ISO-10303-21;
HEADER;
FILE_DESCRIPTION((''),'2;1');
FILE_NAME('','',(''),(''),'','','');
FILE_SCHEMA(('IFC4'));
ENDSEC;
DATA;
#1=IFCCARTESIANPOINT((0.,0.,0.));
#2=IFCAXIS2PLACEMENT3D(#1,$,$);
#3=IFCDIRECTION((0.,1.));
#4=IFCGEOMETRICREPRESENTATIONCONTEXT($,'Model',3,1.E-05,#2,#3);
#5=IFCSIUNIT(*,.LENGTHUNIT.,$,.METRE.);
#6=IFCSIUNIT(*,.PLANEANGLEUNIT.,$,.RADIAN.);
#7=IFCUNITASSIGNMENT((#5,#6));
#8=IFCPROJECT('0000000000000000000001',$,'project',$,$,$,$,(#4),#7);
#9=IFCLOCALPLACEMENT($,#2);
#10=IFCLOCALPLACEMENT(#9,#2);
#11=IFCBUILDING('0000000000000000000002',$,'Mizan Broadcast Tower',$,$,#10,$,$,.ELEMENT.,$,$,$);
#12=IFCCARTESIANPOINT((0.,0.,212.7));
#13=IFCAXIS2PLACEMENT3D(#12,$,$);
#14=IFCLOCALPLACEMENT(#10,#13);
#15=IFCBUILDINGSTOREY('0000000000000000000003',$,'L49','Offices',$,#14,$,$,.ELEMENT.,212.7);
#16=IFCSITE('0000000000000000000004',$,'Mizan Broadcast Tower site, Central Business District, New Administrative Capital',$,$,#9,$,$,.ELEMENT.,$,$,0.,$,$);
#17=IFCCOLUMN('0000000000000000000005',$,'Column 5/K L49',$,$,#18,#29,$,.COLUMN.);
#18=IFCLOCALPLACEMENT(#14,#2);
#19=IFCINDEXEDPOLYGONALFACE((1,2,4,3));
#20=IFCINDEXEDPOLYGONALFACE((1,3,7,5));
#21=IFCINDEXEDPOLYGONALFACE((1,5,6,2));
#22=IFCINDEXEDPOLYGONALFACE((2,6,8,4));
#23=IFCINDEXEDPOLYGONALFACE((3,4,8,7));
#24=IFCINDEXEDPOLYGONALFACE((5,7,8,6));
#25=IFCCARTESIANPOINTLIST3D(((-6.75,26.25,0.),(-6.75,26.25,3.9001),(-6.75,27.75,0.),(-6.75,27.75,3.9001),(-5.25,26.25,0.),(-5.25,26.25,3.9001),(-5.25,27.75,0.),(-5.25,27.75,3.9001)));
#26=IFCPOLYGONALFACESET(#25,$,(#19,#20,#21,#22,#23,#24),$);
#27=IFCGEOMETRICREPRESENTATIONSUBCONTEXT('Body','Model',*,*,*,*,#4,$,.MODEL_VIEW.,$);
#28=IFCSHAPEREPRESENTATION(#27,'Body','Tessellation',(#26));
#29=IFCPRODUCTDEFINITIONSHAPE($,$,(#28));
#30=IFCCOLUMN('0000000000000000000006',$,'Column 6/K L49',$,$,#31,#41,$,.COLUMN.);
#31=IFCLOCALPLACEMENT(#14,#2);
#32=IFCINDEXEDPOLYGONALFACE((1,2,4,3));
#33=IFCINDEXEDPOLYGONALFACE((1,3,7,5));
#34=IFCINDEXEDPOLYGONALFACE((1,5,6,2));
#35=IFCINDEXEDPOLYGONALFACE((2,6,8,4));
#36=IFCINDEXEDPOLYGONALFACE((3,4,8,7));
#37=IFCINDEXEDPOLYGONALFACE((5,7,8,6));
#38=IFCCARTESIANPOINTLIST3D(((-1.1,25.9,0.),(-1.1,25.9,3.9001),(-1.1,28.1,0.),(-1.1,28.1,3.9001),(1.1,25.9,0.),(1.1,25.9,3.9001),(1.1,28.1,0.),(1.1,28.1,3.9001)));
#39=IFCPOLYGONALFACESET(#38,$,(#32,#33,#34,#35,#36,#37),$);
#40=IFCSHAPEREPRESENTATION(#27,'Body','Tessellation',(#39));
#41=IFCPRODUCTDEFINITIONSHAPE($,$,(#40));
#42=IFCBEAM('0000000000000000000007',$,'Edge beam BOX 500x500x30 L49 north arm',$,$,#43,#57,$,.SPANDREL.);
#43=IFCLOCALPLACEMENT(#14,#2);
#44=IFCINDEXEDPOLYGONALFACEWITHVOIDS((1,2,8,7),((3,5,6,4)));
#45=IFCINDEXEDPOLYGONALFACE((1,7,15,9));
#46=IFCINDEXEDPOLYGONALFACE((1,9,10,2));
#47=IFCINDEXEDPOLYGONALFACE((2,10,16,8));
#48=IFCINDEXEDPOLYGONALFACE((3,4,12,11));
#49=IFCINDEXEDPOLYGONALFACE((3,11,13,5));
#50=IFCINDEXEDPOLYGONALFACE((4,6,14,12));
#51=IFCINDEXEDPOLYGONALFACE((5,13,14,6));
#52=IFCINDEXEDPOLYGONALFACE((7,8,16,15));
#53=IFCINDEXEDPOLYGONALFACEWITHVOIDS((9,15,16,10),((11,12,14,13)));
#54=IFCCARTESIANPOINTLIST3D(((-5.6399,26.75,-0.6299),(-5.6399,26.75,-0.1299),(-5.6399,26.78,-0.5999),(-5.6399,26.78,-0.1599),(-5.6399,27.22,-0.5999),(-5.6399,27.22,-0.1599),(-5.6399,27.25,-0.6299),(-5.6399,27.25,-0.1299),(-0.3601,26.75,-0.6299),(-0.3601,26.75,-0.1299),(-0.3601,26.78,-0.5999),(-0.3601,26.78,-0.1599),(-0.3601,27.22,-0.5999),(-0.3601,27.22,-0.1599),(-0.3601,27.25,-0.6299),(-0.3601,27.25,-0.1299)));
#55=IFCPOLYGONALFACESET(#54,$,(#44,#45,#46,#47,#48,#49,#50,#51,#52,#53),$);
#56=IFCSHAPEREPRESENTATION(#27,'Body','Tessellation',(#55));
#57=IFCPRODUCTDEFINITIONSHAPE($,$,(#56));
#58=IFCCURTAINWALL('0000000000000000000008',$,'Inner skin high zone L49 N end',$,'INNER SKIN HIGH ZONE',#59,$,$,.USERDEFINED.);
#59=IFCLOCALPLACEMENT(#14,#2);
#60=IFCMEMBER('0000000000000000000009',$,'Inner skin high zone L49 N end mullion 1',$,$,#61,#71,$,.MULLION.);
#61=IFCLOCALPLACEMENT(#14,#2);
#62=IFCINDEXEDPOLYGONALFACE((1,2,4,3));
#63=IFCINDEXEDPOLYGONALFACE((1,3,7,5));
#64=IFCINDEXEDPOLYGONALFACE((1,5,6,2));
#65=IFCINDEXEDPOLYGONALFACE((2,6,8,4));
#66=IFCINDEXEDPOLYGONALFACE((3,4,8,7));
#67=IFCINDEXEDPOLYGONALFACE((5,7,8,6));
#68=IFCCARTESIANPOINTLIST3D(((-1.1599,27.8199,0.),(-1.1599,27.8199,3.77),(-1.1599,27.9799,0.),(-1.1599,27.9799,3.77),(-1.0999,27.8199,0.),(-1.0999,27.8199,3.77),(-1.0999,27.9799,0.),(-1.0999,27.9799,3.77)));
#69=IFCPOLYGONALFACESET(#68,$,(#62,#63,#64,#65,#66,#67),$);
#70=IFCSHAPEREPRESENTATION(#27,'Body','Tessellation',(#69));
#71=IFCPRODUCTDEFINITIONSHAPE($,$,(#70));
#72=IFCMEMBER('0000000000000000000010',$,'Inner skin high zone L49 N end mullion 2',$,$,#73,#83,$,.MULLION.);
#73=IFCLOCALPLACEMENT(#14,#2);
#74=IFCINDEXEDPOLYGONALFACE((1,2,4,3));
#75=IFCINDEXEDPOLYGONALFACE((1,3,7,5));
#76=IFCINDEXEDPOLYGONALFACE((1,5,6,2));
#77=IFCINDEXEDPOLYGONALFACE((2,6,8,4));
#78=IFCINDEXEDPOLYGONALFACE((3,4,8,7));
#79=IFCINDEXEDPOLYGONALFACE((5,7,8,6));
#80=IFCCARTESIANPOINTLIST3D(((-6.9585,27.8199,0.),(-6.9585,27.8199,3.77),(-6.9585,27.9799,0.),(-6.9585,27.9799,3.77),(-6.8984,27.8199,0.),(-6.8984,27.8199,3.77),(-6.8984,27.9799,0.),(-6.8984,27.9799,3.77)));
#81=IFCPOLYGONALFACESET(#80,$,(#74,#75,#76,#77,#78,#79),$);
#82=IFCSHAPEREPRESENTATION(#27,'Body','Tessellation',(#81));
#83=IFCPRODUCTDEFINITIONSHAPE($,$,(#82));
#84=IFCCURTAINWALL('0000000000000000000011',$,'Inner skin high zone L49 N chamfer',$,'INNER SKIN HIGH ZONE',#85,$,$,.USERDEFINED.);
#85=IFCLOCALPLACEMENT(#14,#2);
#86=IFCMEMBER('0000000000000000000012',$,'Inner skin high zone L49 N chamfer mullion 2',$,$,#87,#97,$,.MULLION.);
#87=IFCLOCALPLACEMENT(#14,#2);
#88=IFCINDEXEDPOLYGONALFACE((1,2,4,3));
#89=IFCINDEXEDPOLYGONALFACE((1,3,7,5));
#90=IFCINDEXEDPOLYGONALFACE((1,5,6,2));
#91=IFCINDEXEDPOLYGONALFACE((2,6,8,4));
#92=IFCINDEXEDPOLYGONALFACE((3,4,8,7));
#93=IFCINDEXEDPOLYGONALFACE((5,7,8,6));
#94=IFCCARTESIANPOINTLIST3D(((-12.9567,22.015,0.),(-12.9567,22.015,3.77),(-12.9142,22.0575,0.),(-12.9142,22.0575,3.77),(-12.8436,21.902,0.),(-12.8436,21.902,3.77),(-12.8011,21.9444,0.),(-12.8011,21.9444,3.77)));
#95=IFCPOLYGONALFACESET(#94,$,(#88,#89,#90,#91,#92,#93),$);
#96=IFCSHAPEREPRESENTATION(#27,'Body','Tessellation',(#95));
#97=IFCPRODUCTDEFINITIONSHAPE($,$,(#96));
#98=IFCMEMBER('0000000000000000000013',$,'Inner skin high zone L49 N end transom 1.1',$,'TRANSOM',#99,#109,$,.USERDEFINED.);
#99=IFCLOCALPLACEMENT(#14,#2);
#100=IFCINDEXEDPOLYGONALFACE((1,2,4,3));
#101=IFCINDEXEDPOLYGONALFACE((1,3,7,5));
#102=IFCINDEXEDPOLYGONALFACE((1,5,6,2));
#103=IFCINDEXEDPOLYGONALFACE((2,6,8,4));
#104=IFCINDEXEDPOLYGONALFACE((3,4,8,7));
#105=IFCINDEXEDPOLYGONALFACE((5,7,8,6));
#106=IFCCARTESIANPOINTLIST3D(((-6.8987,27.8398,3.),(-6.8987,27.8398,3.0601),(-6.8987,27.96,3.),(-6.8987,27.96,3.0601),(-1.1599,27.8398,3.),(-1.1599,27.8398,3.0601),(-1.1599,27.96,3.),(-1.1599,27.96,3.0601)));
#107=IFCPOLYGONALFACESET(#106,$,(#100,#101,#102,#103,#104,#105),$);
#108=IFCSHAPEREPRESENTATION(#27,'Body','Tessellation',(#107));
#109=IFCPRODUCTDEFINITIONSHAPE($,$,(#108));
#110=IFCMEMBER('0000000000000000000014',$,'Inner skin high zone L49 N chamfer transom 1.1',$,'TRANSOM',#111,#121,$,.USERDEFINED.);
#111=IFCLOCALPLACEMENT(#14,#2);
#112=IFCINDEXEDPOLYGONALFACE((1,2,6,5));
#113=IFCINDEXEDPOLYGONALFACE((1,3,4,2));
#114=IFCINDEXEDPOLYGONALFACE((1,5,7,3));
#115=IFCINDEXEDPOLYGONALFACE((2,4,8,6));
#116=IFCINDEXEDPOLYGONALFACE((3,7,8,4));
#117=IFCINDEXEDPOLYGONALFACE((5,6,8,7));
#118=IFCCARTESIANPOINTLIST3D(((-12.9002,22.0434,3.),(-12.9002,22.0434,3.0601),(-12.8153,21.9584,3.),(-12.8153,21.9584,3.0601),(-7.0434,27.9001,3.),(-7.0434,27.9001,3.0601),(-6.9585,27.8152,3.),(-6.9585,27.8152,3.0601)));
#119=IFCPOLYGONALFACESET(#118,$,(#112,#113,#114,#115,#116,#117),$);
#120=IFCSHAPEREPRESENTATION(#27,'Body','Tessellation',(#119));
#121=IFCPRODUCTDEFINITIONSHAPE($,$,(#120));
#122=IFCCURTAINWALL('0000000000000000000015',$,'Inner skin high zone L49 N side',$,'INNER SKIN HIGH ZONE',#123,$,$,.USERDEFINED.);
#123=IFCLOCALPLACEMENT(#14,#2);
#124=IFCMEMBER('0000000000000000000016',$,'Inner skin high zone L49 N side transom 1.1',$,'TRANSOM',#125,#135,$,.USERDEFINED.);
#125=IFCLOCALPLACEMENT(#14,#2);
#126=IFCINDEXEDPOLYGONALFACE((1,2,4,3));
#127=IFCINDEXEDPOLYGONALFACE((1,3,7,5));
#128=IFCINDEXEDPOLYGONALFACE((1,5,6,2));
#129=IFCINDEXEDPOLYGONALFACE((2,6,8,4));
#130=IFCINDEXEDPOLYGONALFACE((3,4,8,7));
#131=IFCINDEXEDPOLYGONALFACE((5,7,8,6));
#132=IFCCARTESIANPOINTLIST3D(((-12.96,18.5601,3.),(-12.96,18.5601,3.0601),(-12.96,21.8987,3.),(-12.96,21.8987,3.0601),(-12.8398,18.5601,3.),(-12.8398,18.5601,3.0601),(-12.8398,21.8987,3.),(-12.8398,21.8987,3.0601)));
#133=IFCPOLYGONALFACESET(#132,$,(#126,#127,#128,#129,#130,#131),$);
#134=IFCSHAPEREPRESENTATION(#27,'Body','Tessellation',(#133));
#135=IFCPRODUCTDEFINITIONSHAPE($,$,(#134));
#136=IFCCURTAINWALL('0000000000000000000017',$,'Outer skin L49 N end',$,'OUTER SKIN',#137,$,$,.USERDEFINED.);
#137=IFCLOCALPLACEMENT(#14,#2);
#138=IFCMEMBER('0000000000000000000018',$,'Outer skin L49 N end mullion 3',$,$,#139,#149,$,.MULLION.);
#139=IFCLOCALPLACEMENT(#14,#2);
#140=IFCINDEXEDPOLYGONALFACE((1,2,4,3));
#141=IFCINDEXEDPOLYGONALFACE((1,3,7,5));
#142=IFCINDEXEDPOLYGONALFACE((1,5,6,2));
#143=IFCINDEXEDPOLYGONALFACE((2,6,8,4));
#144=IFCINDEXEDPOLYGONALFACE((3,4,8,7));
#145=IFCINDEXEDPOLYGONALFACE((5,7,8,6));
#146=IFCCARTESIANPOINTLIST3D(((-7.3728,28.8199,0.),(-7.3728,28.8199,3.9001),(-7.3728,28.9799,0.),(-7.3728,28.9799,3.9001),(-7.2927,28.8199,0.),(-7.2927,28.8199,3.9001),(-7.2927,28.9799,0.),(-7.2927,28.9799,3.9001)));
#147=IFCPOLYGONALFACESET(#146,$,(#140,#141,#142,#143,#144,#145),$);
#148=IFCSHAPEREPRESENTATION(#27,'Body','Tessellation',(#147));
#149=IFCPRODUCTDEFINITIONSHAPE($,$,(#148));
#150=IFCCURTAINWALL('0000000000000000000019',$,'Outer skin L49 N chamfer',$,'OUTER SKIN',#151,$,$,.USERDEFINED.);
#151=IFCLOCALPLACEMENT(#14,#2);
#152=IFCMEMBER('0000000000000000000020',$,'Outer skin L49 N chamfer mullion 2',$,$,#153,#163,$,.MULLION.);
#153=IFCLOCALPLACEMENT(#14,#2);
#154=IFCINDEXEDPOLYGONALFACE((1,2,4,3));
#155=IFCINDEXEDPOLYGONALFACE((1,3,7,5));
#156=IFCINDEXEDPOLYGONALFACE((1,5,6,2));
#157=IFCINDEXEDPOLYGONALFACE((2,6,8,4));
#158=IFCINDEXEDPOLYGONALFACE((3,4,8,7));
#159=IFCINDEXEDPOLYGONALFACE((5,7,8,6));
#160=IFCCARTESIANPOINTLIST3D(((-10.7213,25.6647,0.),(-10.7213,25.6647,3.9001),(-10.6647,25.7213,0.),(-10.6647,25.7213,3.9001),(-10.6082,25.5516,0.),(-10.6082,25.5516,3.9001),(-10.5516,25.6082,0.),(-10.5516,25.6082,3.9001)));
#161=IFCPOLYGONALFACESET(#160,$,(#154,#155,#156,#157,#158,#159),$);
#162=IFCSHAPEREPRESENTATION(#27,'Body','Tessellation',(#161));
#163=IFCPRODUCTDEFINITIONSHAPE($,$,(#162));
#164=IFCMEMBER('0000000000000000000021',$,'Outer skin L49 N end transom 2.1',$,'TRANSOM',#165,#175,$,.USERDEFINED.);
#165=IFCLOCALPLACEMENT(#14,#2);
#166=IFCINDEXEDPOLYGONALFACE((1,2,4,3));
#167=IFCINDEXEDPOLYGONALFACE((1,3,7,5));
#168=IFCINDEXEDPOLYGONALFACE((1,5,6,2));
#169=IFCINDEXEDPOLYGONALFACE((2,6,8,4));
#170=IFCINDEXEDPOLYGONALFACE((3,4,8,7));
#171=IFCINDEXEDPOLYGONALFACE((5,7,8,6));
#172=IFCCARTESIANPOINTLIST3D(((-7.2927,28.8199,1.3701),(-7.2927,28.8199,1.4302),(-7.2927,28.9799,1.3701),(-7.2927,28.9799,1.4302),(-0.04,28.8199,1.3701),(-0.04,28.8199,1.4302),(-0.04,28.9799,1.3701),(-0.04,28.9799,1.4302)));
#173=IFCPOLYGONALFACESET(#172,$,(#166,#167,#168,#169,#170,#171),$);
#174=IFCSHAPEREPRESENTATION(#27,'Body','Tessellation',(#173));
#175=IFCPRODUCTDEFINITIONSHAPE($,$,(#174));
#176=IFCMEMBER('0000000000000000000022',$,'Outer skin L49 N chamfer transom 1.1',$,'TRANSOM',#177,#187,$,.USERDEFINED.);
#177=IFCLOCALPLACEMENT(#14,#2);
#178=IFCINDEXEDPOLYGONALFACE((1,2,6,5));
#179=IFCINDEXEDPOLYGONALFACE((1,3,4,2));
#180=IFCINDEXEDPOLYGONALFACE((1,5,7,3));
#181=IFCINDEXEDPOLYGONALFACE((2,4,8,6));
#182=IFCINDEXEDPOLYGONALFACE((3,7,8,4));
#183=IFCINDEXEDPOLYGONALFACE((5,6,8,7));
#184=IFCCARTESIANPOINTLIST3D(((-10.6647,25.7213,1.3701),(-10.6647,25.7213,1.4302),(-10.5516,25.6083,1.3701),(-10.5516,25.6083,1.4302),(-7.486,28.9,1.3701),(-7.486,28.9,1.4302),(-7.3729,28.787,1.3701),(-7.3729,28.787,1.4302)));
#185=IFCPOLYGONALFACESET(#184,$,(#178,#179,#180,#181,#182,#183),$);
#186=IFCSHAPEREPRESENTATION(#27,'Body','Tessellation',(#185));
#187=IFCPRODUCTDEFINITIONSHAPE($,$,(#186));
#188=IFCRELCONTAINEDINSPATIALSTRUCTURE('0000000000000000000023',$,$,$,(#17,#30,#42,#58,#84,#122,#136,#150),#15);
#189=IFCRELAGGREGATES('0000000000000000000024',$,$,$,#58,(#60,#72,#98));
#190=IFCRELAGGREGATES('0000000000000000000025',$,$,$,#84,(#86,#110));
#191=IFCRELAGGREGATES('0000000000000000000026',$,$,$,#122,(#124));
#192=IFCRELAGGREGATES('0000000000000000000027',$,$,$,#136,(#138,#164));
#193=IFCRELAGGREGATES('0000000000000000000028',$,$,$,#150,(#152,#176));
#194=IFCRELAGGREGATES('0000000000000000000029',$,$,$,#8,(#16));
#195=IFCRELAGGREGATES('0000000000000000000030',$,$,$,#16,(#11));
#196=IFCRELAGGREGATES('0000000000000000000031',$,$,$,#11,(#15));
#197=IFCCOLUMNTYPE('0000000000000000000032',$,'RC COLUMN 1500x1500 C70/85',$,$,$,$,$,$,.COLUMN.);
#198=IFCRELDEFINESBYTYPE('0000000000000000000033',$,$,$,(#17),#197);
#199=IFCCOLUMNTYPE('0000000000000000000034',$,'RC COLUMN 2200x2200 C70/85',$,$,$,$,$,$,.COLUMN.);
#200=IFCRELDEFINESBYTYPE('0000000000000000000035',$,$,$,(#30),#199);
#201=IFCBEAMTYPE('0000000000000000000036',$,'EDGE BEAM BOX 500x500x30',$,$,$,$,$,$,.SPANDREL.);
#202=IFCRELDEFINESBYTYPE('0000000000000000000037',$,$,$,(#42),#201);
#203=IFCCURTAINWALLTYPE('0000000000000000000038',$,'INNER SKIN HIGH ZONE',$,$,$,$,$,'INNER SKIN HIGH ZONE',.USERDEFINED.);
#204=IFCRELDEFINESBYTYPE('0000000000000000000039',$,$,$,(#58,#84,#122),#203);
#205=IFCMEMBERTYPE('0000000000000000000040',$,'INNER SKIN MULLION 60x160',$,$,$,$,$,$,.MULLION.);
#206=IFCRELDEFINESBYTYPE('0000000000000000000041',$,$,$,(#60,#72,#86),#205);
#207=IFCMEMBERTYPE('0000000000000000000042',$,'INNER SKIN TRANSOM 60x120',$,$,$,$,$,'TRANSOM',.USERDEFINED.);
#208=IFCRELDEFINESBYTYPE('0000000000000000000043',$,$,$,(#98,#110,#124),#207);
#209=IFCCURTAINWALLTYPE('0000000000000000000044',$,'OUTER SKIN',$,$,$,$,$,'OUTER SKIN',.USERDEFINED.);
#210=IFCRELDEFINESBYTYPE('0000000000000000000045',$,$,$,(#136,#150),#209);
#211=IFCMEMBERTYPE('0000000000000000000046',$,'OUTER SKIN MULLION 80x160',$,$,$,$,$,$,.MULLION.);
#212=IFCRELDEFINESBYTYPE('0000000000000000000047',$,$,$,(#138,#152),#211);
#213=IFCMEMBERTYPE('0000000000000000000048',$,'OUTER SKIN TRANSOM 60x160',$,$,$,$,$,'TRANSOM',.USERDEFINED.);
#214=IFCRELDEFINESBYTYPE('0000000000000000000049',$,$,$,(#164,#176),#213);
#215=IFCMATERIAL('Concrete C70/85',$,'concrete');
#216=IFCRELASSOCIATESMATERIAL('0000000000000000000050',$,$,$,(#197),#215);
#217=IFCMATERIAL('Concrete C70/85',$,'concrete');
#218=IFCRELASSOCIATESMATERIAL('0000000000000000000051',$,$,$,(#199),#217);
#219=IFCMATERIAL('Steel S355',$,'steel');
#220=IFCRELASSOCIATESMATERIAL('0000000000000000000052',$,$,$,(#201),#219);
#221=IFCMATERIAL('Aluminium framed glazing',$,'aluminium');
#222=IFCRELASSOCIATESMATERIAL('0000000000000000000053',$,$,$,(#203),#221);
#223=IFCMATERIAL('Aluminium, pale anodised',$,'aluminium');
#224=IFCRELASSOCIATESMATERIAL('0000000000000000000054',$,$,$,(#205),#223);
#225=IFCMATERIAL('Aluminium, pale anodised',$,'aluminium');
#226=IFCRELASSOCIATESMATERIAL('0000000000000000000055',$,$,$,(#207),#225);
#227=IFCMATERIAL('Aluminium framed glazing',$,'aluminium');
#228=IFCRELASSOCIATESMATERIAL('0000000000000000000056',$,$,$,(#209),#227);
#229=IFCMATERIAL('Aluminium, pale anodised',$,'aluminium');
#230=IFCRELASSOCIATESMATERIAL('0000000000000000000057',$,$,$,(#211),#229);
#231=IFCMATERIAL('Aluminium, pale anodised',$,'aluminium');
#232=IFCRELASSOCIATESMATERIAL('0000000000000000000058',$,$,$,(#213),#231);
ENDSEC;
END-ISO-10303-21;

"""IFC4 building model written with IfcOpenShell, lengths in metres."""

from ifc_helpers import new_model, si_unit, direction, frame, origin, origin_2d, place, context, subcontext, project, spatial, rectangle, hollow_rectangle, extrude, material, material_profile, profile_set, type_object, element, aggregate, save


model = new_model("IFC4")

# Units and contexts
model_context = context("Model", 3, precision=1e-05, world=origin(), true_north=direction((0.0, 1.0)))
body_context = subcontext(model_context, "Body", "Model", "MODEL_VIEW")
ifc_project = project(units=[si_unit("LENGTHUNIT", "METRE"), si_unit("PLANEANGLEUNIT", "RADIAN")], contexts=[model_context])

# Site, building, storey
site_placement = place(None, origin())
site = spatial("IfcSite", under=ifc_project, at=site_placement, Name="Mizan Broadcast Tower site, Central Business District, New Administrative Capital", CompositionType="ELEMENT", RefElevation=0.0)
building_placement = place(site_placement, origin())
building = spatial("IfcBuilding", under=site, at=building_placement, Name="Mizan Broadcast Tower", CompositionType="ELEMENT")
storey_placement = place(building_placement, frame((0.0, 0.0, 212.7)))
storey = spatial("IfcBuildingStorey", under=building, at=storey_placement, Name="L49", Description="Offices", CompositionType="ELEMENT", Elevation=212.7)

# Columns
ifc_material_1 = material(Name="Concrete C70/85", Category="concrete")
ifc_material_profile_1 = material_profile(ifc_material_1, rectangle(XDim=1.5, YDim=1.5, at=origin_2d()), Name="RC 1500x1500")
ifc_profile_set_1 = profile_set([ifc_material_profile_1], Name="Concrete C70/85")
column_type_1 = type_object("IfcColumnType", Name="RC COLUMN 1500x1500 C70/85", PredefinedType="COLUMN", material=ifc_profile_set_1)
column_1_placement = place(storey_placement, frame((-6.0, 27.0, 0.0), z_axis=(0.0, 0.0, 1.0), x_axis=(1.0, 0.0, 0.0)))
element("IfcColumn", 1, at=column_1_placement, inside=storey, type_object=column_type_1, Name="Column 5/K L49", PredefinedType="COLUMN", context=body_context, shape_type="SweptSolid", body=[
    extrude(rectangle(XDim=1.5, YDim=1.5, at=origin_2d()), origin(), (0.0, 0.0, 1.0), 3.9001),
])
ifc_material_2 = material(Name="Concrete C70/85", Category="concrete")
ifc_material_profile_2 = material_profile(ifc_material_2, rectangle(XDim=2.2, YDim=2.2, at=origin_2d()), Name="RC 2200x2200")
ifc_profile_set_2 = profile_set([ifc_material_profile_2], Name="Concrete C70/85")
column_type_2 = type_object("IfcColumnType", Name="RC COLUMN 2200x2200 C70/85", PredefinedType="COLUMN", material=ifc_profile_set_2)
column_2_placement = place(storey_placement, frame((0.0, 27.0, 0.0), z_axis=(0.0, 0.0, 1.0), x_axis=(1.0, 0.0, 0.0)))
element("IfcColumn", 2, at=column_2_placement, inside=storey, type_object=column_type_2, Name="Column 6/K L49", PredefinedType="COLUMN", context=body_context, shape_type="SweptSolid", body=[
    extrude(rectangle(XDim=2.2, YDim=2.2, at=origin_2d()), origin(), (0.0, 0.0, 1.0), 3.9001),
])

# Beam
ifc_material_3 = material(Name="Steel S355", Category="steel")
ifc_material_profile_3 = material_profile(ifc_material_3, hollow_rectangle(XDim=0.5, YDim=0.5, WallThickness=0.03, at=origin_2d()), Name="BOX 500x500x30")
ifc_profile_set_3 = profile_set([ifc_material_profile_3], Name="Steel S355")
beam_type_1 = type_object("IfcBeamType", Name="EDGE BEAM BOX 500x500x30", PredefinedType="SPANDREL", material=ifc_profile_set_3)
beam_1_placement = place(storey_placement, frame((-5.6399, 27.0, -0.3799), z_axis=(1.0, 0.0, 0.0), x_axis=(0.0, 1.0, 0.0)))
element("IfcBeam", 3, at=beam_1_placement, inside=storey, type_object=beam_type_1, Name="Edge beam BOX 500x500x30 L49 north arm", PredefinedType="SPANDREL", context=body_context, shape_type="SweptSolid", body=[
    extrude(hollow_rectangle(XDim=0.5, YDim=0.5, WallThickness=0.03, at=origin_2d()), origin(), (0.0, 0.0, 1.0), 5.2798),
])

# Curtain wall, members
ifc_material_4 = material(Name="Aluminium framed glazing", Category="aluminium")
curtain_wall_type_1 = type_object("IfcCurtainWallType", Name="INNER SKIN HIGH ZONE", ElementType="INNER SKIN HIGH ZONE", PredefinedType="USERDEFINED", material=ifc_material_4)
curtain_wall_1_placement = place(storey_placement, origin())
curtain_wall_1 = element("IfcCurtainWall", 4, at=curtain_wall_1_placement, inside=storey, type_object=curtain_wall_type_1, Name="Inner skin high zone L49 N end", ObjectType="INNER SKIN HIGH ZONE", PredefinedType="USERDEFINED")
ifc_material_5 = material(Name="Aluminium, pale anodised", Category="aluminium")
ifc_material_profile_4 = material_profile(ifc_material_5, rectangle(XDim=0.1599, YDim=0.0601, at=origin_2d()), Name="MULLION 160x60")
ifc_profile_set_4 = profile_set([ifc_material_profile_4], Name="Aluminium, pale anodised")
member_type_1 = type_object("IfcMemberType", Name="INNER SKIN MULLION 60x160", PredefinedType="MULLION", material=ifc_profile_set_4)
member_1_placement = place(storey_placement, frame((-1.1299, 27.8999, 0.0), z_axis=(0.0, 0.0, 1.0), x_axis=(0.0, -1.0, 0.0)))
member_1 = element("IfcMember", 5, at=member_1_placement, type_object=member_type_1, Name="Inner skin high zone L49 N end mullion 1", PredefinedType="MULLION", context=body_context, shape_type="SweptSolid", body=[
    extrude(rectangle(XDim=0.1599, YDim=0.0601, at=origin_2d()), origin(), (0.0, 0.0, 1.0), 3.77),
])
member_2_placement = place(storey_placement, frame((-6.9285, 27.8999, 0.0), z_axis=(0.0, 0.0, 1.0), x_axis=(0.0, -1.0, 0.0)))
member_2 = element("IfcMember", 6, at=member_2_placement, type_object=member_type_1, Name="Inner skin high zone L49 N end mullion 2", PredefinedType="MULLION", context=body_context, shape_type="SweptSolid", body=[
    extrude(rectangle(XDim=0.1599, YDim=0.0601, at=origin_2d()), origin(), (0.0, 0.0, 1.0), 3.77),
])

# Curtain wall, member
curtain_wall_2_placement = place(storey_placement, origin())
curtain_wall_2 = element("IfcCurtainWall", 7, at=curtain_wall_2_placement, inside=storey, type_object=curtain_wall_type_1, Name="Inner skin high zone L49 N chamfer", ObjectType="INNER SKIN HIGH ZONE", PredefinedType="USERDEFINED")
member_3_placement = place(storey_placement, frame((-12.8789, 21.9797, 0.0), z_axis=(0.0, 0.0, 1.0), x_axis=(0.707107, -0.707107, 0.0)))
member_3 = element("IfcMember", 8, at=member_3_placement, type_object=member_type_1, Name="Inner skin high zone L49 N chamfer mullion 2", PredefinedType="MULLION", context=body_context, shape_type="SweptSolid", body=[
    extrude(rectangle(XDim=0.1599, YDim=0.0601, at=origin_2d()), origin(), (0.0, 0.0, 1.0), 3.77),
])

# Members
ifc_material_6 = material(Name="Aluminium, pale anodised", Category="aluminium")
ifc_material_profile_5 = material_profile(ifc_material_6, rectangle(XDim=0.1201, YDim=0.0601, at=origin_2d()), Name="TRANSOM 120x60")
ifc_profile_set_5 = profile_set([ifc_material_profile_5], Name="Aluminium, pale anodised")
member_type_2 = type_object("IfcMemberType", Name="INNER SKIN TRANSOM 60x120", ElementType="TRANSOM", PredefinedType="USERDEFINED", material=ifc_profile_set_5)
member_4_placement = place(storey_placement, frame((-1.1599, 27.8999, 3.03), z_axis=(-1.0, 0.0, 0.0), x_axis=(0.0, -1.0, 0.0)))
member_4 = element("IfcMember", 9, at=member_4_placement, type_object=member_type_2, Name="Inner skin high zone L49 N end transom 1.1", ObjectType="TRANSOM", PredefinedType="USERDEFINED", context=body_context, shape_type="SweptSolid", body=[
    extrude(rectangle(XDim=0.1201, YDim=0.0601, at=origin_2d()), origin(), (0.0, 0.0, 1.0), 5.7388),
])
member_5_placement = place(storey_placement, frame((-7.001, 27.8577, 3.03), z_axis=(-0.707107, -0.707107, 0.0), x_axis=(0.707107, -0.707107, 0.0)))
member_5 = element("IfcMember", 10, at=member_5_placement, type_object=member_type_2, Name="Inner skin high zone L49 N chamfer transom 1.1", ObjectType="TRANSOM", PredefinedType="USERDEFINED", context=body_context, shape_type="SweptSolid", body=[
    extrude(rectangle(XDim=0.1201, YDim=0.0601, at=origin_2d()), origin(), (0.0, 0.0, 1.0), 8.2827),
])

# Curtain walls, members
curtain_wall_3_placement = place(storey_placement, origin())
curtain_wall_3 = element("IfcCurtainWall", 11, at=curtain_wall_3_placement, inside=storey, type_object=curtain_wall_type_1, Name="Inner skin high zone L49 N side", ObjectType="INNER SKIN HIGH ZONE", PredefinedType="USERDEFINED")
member_6_placement = place(storey_placement, frame((-12.8999, 21.8987, 3.03), z_axis=(0.0, -1.0, 0.0), x_axis=(1.0, 0.0, 0.0)))
member_6 = element("IfcMember", 12, at=member_6_placement, type_object=member_type_2, Name="Inner skin high zone L49 N side transom 1.1", ObjectType="TRANSOM", PredefinedType="USERDEFINED", context=body_context, shape_type="SweptSolid", body=[
    extrude(rectangle(XDim=0.1201, YDim=0.0601, at=origin_2d()), origin(), (0.0, 0.0, 1.0), 3.3386),
])
ifc_material_7 = material(Name="Aluminium framed glazing", Category="aluminium")
curtain_wall_type_2 = type_object("IfcCurtainWallType", Name="OUTER SKIN", ElementType="OUTER SKIN", PredefinedType="USERDEFINED", material=ifc_material_7)
curtain_wall_4_placement = place(storey_placement, origin())
curtain_wall_4 = element("IfcCurtainWall", 13, at=curtain_wall_4_placement, inside=storey, type_object=curtain_wall_type_2, Name="Outer skin L49 N end", ObjectType="OUTER SKIN", PredefinedType="USERDEFINED")
ifc_material_8 = material(Name="Aluminium, pale anodised", Category="aluminium")
ifc_material_profile_6 = material_profile(ifc_material_8, rectangle(XDim=0.1599, YDim=0.0801, at=origin_2d()), Name="MULLION 160x80")
ifc_profile_set_6 = profile_set([ifc_material_profile_6], Name="Aluminium, pale anodised")
member_type_3 = type_object("IfcMemberType", Name="OUTER SKIN MULLION 80x160", PredefinedType="MULLION", material=ifc_profile_set_6)
member_7_placement = place(storey_placement, frame((-7.3328, 28.8999, 0.0), z_axis=(0.0, 0.0, 1.0), x_axis=(0.0, -1.0, 0.0)))
member_7 = element("IfcMember", 14, at=member_7_placement, type_object=member_type_3, Name="Outer skin L49 N end mullion 3", PredefinedType="MULLION", context=body_context, shape_type="SweptSolid", body=[
    extrude(rectangle(XDim=0.1599, YDim=0.0801, at=origin_2d()), origin(), (0.0, 0.0, 1.0), 3.9001),
])
curtain_wall_5_placement = place(storey_placement, origin())
curtain_wall_5 = element("IfcCurtainWall", 15, at=curtain_wall_5_placement, inside=storey, type_object=curtain_wall_type_2, Name="Outer skin L49 N chamfer", ObjectType="OUTER SKIN", PredefinedType="USERDEFINED")
member_8_placement = place(storey_placement, frame((-10.6365, 25.6365, 0.0), z_axis=(0.0, 0.0, 1.0), x_axis=(0.707107, -0.707107, 0.0)))
member_8 = element("IfcMember", 16, at=member_8_placement, type_object=member_type_3, Name="Outer skin L49 N chamfer mullion 2", PredefinedType="MULLION", context=body_context, shape_type="SweptSolid", body=[
    extrude(rectangle(XDim=0.1599, YDim=0.0801, at=origin_2d()), origin(), (0.0, 0.0, 1.0), 3.9001),
])

# Members
ifc_material_9 = material(Name="Aluminium, pale anodised", Category="aluminium")
ifc_material_profile_7 = material_profile(ifc_material_9, rectangle(XDim=0.1599, YDim=0.0601, at=origin_2d()), Name="TRANSOM 160x60")
ifc_profile_set_7 = profile_set([ifc_material_profile_7], Name="Aluminium, pale anodised")
member_type_4 = type_object("IfcMemberType", Name="OUTER SKIN TRANSOM 60x160", ElementType="TRANSOM", PredefinedType="USERDEFINED", material=ifc_profile_set_7)
member_9_placement = place(storey_placement, frame((-0.04, 28.8999, 1.4001), z_axis=(-1.0, 0.0, 0.0), x_axis=(0.0, -1.0, 0.0)))
member_9 = element("IfcMember", 17, at=member_9_placement, type_object=member_type_4, Name="Outer skin L49 N end transom 2.1", ObjectType="TRANSOM", PredefinedType="USERDEFINED", context=body_context, shape_type="SweptSolid", body=[
    extrude(rectangle(XDim=0.1599, YDim=0.0601, at=origin_2d()), origin(), (0.0, 0.0, 1.0), 7.2527),
])
member_10_placement = place(storey_placement, frame((-7.4294, 28.8435, 1.4001), z_axis=(-0.707107, -0.707107, 0.0), x_axis=(0.707107, -0.707107, 0.0)))
member_10 = element("IfcMember", 18, at=member_10_placement, type_object=member_type_4, Name="Outer skin L49 N chamfer transom 1.1", ObjectType="TRANSOM", PredefinedType="USERDEFINED", context=body_context, shape_type="SweptSolid", body=[
    extrude(rectangle(XDim=0.1599, YDim=0.0601, at=origin_2d()), origin(), (0.0, 0.0, 1.0), 4.4954),
])

aggregate(curtain_wall_1, [member_1, member_2, member_4])
aggregate(curtain_wall_2, [member_3, member_5])
aggregate(curtain_wall_3, [member_6])
aggregate(curtain_wall_4, [member_7, member_9])
aggregate(curtain_wall_5, [member_8, member_10])

save(model, "model.ifc")
